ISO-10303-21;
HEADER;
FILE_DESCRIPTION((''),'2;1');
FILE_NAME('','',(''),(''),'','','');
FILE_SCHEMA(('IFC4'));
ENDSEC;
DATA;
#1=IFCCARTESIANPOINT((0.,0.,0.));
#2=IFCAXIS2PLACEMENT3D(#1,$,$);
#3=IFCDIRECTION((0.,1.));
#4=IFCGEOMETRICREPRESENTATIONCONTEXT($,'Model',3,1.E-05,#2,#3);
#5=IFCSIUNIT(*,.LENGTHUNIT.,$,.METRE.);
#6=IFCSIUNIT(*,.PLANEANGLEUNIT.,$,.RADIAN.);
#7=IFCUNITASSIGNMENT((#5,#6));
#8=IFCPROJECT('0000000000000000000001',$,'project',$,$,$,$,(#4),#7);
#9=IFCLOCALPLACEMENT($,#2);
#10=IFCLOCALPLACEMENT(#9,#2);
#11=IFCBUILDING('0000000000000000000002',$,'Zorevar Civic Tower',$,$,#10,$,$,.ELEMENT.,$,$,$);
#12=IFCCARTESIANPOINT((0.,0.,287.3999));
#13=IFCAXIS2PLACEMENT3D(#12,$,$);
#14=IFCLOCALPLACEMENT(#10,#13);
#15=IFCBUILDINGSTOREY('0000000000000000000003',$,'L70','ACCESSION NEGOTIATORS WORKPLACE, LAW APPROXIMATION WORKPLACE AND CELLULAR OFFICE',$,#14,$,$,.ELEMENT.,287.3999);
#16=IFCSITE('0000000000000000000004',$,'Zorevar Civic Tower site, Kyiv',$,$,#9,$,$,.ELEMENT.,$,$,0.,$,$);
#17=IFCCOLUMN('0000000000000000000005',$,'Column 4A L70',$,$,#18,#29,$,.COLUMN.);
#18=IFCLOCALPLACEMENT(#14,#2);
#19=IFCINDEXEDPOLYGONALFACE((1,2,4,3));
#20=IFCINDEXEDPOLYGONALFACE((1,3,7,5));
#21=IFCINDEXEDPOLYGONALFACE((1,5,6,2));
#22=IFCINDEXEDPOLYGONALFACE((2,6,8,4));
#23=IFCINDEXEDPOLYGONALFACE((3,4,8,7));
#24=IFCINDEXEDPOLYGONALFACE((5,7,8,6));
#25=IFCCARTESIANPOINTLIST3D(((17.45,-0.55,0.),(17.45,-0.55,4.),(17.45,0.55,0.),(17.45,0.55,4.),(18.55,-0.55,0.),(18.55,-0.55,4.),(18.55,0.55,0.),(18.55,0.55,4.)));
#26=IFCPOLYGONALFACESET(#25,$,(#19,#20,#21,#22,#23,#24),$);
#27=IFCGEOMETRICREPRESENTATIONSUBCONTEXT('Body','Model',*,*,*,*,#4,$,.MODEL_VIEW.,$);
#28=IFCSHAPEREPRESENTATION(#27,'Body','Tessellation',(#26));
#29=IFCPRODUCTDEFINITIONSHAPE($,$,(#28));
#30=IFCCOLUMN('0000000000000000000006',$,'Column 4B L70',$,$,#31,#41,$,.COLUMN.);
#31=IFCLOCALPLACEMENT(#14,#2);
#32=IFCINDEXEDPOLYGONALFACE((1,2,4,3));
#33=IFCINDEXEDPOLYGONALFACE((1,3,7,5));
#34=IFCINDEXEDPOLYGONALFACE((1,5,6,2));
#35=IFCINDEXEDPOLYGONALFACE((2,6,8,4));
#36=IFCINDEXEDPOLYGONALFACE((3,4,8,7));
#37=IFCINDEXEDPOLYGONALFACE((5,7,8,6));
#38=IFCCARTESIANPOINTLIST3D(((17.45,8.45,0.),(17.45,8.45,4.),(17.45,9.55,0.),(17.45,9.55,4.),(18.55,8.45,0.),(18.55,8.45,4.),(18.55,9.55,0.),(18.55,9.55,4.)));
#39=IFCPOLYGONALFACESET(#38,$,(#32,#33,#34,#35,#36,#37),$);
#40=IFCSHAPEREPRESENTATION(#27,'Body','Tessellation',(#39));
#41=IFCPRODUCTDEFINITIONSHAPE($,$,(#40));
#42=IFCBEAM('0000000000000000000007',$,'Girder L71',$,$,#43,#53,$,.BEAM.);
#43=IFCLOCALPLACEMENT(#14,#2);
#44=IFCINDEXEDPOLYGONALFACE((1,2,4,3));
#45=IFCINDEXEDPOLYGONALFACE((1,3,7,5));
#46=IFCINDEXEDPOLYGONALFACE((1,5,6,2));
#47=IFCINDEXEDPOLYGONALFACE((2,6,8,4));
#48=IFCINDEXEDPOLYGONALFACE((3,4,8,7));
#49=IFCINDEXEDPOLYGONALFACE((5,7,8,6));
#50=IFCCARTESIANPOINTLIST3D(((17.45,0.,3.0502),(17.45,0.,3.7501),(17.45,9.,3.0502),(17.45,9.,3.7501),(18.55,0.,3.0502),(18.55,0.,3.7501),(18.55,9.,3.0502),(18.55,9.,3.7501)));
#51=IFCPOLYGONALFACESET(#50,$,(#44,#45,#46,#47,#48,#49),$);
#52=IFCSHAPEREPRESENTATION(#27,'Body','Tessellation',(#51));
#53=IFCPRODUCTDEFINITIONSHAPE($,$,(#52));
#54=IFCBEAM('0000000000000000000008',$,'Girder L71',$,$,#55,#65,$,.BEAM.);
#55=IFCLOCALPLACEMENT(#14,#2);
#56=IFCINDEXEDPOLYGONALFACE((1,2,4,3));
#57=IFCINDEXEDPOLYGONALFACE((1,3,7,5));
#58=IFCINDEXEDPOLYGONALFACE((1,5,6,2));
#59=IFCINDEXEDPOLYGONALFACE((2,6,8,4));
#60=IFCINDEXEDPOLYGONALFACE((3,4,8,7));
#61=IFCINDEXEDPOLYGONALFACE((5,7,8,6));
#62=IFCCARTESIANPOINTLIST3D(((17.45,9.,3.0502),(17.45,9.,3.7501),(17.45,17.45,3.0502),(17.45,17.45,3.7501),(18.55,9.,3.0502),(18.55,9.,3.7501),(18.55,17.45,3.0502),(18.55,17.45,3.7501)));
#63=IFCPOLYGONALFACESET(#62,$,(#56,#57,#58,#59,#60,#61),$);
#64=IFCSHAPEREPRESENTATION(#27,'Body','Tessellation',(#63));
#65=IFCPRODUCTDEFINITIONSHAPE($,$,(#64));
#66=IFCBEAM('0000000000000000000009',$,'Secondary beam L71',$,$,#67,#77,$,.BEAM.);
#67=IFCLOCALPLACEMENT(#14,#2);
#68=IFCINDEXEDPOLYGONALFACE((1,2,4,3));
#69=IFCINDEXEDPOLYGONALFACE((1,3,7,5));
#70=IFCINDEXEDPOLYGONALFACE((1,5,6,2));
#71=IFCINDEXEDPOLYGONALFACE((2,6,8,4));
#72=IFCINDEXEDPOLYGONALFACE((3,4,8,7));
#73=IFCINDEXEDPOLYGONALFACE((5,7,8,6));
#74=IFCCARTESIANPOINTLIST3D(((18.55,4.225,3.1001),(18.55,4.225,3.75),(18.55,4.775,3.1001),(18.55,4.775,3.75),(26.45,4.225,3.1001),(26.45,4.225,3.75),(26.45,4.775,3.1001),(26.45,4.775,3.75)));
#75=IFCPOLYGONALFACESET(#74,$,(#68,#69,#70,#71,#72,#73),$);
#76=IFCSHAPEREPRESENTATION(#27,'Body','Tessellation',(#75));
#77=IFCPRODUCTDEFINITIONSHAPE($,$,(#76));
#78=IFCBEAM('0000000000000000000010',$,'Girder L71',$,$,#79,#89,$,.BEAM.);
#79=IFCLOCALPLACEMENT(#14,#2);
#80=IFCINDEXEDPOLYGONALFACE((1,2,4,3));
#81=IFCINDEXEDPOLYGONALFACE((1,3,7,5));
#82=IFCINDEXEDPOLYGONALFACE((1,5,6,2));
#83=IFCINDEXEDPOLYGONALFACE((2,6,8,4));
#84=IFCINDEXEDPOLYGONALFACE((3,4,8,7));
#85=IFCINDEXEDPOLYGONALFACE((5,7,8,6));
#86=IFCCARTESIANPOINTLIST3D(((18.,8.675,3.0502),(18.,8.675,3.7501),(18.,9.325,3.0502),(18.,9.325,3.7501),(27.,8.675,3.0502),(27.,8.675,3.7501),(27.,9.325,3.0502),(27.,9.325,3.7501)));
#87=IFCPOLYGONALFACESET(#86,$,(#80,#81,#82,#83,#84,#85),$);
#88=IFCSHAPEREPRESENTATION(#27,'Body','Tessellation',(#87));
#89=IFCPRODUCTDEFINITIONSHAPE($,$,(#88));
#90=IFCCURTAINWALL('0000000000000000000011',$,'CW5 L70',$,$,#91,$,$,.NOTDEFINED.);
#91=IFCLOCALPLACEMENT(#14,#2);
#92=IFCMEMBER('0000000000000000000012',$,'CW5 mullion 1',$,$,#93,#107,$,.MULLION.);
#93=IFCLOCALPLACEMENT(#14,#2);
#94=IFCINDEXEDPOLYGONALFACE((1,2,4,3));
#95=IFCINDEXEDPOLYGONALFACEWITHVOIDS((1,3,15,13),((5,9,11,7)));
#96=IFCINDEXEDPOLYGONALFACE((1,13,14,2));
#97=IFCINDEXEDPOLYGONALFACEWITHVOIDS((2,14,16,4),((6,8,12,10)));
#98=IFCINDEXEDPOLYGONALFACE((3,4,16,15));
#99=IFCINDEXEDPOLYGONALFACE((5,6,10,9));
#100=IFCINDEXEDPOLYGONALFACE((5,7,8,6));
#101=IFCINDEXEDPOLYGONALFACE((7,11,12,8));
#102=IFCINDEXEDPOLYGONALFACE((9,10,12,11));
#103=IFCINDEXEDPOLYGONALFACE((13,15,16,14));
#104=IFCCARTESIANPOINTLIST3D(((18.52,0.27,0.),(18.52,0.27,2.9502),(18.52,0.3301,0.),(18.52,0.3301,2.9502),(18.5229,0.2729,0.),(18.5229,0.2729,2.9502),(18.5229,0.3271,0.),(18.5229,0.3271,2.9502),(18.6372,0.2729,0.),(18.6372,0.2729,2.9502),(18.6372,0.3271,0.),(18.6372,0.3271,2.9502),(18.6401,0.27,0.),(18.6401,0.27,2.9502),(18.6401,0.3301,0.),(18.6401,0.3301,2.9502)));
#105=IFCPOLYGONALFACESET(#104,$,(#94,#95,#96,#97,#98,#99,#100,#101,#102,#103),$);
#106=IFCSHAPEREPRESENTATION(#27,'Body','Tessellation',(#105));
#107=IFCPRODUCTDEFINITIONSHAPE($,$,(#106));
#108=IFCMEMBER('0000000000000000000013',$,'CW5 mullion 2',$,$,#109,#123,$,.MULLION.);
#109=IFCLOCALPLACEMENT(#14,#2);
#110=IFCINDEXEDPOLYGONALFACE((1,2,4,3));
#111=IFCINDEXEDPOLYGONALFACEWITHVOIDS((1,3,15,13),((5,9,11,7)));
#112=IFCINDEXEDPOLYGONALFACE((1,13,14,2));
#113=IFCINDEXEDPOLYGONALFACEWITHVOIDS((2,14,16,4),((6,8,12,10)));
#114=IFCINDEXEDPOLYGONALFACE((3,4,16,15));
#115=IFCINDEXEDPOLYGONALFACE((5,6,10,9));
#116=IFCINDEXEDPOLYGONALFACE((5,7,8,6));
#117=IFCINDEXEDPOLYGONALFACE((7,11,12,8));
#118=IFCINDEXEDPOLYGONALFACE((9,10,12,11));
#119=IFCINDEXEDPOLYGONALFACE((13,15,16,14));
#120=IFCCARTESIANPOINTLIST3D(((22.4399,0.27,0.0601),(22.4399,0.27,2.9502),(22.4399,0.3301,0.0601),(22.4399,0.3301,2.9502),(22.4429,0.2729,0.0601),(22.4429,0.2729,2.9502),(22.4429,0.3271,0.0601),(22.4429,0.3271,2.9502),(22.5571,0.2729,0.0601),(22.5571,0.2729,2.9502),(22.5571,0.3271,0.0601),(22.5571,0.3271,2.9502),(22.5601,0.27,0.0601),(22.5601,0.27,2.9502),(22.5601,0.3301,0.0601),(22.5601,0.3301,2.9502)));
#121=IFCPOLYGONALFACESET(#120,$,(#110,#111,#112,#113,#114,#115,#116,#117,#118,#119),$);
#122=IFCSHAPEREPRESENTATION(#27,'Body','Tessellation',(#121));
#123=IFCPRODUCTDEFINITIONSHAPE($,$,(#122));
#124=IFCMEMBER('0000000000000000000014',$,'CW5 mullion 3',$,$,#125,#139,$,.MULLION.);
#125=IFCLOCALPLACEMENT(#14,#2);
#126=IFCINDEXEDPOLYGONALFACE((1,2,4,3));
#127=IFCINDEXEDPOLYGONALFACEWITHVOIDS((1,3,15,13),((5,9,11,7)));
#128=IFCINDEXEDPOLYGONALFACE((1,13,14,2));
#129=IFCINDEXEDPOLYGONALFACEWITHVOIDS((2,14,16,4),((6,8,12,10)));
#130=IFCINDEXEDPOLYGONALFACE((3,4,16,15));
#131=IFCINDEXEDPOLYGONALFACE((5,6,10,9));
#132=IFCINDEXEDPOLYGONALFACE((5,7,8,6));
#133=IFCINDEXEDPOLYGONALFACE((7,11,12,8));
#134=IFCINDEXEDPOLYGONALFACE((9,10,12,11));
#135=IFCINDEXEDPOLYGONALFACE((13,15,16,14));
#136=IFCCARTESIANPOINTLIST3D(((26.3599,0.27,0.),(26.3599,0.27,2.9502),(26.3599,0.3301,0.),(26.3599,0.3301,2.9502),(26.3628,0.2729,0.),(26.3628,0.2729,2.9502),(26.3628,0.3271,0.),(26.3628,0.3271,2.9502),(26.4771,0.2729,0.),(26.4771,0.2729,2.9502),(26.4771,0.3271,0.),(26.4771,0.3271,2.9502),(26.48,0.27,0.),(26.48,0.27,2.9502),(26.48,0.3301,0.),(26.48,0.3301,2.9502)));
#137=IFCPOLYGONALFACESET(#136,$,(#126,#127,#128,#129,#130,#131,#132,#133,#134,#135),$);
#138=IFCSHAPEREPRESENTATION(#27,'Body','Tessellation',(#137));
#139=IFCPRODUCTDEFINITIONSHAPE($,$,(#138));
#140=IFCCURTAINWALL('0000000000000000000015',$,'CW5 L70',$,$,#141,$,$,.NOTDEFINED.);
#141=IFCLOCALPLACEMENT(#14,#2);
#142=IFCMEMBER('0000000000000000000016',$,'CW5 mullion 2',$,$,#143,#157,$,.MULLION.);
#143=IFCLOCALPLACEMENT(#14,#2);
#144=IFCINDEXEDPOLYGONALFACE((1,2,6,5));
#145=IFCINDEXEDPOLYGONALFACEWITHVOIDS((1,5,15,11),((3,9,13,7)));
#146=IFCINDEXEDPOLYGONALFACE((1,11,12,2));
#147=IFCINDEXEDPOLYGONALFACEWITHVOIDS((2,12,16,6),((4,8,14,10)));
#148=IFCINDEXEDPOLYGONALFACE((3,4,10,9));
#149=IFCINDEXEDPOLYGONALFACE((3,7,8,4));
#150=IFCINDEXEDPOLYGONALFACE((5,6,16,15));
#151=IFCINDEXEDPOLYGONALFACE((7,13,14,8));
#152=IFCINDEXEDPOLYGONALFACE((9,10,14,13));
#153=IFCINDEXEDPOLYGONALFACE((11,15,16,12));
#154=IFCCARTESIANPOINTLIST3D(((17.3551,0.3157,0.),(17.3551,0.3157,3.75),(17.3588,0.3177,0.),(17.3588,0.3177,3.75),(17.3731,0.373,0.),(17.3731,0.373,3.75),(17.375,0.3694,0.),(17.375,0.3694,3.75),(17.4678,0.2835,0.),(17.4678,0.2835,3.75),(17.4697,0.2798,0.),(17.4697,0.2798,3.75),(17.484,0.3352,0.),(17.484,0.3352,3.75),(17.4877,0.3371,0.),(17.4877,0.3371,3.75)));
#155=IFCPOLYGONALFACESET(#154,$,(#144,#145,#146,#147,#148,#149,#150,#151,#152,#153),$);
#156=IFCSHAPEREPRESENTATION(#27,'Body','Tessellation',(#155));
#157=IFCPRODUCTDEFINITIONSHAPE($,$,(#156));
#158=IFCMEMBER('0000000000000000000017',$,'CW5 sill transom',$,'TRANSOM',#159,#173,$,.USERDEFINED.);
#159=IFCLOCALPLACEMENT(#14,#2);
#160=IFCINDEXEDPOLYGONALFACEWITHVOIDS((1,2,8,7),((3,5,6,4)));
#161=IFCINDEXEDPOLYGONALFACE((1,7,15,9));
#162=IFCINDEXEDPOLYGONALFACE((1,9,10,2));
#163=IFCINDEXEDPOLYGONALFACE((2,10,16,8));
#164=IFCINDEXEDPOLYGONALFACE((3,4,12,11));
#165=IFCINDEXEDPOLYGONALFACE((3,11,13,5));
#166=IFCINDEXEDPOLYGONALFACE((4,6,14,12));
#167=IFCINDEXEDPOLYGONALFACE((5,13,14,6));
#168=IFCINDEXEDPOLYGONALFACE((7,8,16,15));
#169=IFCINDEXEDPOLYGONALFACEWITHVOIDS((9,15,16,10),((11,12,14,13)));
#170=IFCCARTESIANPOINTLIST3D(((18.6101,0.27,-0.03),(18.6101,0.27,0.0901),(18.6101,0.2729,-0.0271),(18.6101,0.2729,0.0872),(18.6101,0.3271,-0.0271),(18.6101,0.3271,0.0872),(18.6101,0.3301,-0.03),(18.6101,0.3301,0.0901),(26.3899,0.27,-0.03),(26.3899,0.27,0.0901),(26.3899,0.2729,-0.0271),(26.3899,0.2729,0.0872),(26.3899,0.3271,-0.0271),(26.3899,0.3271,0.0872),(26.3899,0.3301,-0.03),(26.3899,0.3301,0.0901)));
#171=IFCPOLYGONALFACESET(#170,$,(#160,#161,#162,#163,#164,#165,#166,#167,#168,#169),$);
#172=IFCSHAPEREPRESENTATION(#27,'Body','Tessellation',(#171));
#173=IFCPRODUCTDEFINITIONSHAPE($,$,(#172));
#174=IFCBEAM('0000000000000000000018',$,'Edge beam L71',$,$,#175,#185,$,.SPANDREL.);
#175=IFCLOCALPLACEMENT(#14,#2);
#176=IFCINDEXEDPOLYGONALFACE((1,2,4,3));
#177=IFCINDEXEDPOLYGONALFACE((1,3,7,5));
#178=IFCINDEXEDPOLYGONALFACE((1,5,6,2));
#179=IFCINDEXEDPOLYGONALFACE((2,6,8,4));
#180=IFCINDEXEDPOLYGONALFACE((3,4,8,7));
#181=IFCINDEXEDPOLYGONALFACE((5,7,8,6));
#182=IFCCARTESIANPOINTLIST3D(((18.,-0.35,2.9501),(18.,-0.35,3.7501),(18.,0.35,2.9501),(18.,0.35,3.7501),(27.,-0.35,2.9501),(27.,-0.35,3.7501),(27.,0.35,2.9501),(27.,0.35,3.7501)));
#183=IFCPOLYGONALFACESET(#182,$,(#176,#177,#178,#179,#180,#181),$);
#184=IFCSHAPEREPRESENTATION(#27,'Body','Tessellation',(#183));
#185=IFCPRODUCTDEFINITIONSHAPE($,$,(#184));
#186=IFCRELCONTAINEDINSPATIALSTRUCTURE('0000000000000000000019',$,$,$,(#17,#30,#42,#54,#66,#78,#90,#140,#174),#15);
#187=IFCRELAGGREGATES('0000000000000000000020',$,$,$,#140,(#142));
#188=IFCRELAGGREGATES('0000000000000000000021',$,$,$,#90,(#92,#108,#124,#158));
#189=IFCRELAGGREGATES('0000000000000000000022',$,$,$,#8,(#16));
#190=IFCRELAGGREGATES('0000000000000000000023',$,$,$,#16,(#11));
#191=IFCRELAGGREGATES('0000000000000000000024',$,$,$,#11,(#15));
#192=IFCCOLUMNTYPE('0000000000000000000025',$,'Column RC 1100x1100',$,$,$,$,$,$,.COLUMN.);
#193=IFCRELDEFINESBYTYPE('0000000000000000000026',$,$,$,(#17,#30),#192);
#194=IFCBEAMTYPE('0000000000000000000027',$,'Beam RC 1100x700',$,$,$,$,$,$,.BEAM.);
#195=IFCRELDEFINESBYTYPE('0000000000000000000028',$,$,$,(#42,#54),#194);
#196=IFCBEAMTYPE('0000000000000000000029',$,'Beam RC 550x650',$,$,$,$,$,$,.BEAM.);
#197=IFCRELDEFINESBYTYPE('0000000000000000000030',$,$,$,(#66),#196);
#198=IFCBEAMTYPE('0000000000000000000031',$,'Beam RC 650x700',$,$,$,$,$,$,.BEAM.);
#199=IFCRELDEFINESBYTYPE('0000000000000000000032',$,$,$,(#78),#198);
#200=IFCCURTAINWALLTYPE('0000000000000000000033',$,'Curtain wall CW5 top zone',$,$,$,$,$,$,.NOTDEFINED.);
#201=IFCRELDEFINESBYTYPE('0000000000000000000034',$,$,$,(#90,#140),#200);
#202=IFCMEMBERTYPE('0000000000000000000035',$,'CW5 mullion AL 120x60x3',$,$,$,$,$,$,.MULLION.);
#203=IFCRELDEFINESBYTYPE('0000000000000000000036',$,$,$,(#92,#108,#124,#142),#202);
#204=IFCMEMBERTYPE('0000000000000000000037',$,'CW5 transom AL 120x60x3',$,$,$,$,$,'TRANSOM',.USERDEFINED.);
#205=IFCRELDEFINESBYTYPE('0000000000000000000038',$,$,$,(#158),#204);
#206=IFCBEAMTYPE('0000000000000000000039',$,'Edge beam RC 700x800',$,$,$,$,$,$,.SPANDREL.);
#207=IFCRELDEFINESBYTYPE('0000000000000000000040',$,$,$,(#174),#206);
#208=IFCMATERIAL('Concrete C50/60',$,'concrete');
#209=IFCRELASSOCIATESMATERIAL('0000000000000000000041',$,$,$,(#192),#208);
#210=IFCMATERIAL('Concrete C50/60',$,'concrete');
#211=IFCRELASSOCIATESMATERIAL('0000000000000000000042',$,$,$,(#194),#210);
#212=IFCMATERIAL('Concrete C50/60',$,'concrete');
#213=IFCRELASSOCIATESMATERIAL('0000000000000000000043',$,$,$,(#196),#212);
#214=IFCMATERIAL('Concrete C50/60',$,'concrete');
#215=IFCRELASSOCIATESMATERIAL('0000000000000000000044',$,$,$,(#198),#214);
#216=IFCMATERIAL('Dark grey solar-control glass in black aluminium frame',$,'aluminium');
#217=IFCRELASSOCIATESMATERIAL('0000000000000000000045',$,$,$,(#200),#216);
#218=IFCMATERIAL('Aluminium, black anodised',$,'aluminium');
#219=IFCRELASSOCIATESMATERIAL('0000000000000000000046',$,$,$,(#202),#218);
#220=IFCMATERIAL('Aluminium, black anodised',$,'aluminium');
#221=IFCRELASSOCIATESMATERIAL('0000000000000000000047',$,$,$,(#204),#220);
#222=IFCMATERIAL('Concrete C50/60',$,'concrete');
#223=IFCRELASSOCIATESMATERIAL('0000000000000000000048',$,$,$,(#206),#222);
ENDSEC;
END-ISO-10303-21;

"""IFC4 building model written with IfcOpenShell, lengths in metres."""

from ifc_helpers import new_model, si_unit, direction, frame, origin, origin_2d, place, context, subcontext, project, spatial, rectangle, hollow_rectangle, extrude, material, material_profile, profile_set, type_object, element, aggregate, save


model = new_model("IFC4")

# Units and contexts
model_context = context("Model", 3, precision=1e-05, world=origin(), true_north=direction((0.0, 1.0)))
body_context = subcontext(model_context, "Body", "Model", "MODEL_VIEW")
ifc_project = project(units=[si_unit("LENGTHUNIT", "METRE"), si_unit("PLANEANGLEUNIT", "RADIAN")], contexts=[model_context])

# Site, building, storey
site_placement = place(None, origin())
site = spatial("IfcSite", under=ifc_project, at=site_placement, Name="Zorevar Civic Tower site, Kyiv", CompositionType="ELEMENT", RefElevation=0.0)
building_placement = place(site_placement, origin())
building = spatial("IfcBuilding", under=site, at=building_placement, Name="Zorevar Civic Tower", CompositionType="ELEMENT")
storey_placement = place(building_placement, frame((0.0, 0.0, 287.3999)))
storey = spatial("IfcBuildingStorey", under=building, at=storey_placement, Name="L70", Description="ACCESSION NEGOTIATORS WORKPLACE, LAW APPROXIMATION WORKPLACE AND CELLULAR OFFICE", CompositionType="ELEMENT", Elevation=287.3999)

# Columns
ifc_material_1 = material(Name="Concrete C50/60", Category="concrete")
ifc_material_profile_1 = material_profile(ifc_material_1, rectangle(XDim=1.1001, YDim=1.1001, at=origin_2d()), Name="RC 1100x1100")
ifc_profile_set_1 = profile_set([ifc_material_profile_1], Name="Concrete C50/60")
column_type = type_object("IfcColumnType", Name="Column RC 1100x1100", PredefinedType="COLUMN", material=ifc_profile_set_1)
for number, where, z_axis, x_axis, name in (
    (1, (18.0, 0.0, 0.0), (0.0, 0.0, 1.0), (1.0, 0.0, 0.0), "Column 4A L70"),
    (2, (18.0, 9.0, 0.0), (0.0, 0.0, 1.0), (1.0, 0.0, 0.0), "Column 4B L70"),
):
    element("IfcColumn", number, at=place(storey_placement, frame(where, z_axis=z_axis, x_axis=x_axis)), inside=storey, type_object=column_type, Name=name, PredefinedType="COLUMN", context=body_context, shape_type="SweptSolid", body=[
        extrude(rectangle(XDim=1.1001, YDim=1.1001, at=origin_2d()), origin(), (0.0, 0.0, 1.0), 4.0),
    ])

# Beams
ifc_material_2 = material(Name="Concrete C50/60", Category="concrete")
ifc_material_profile_2 = material_profile(ifc_material_2, rectangle(XDim=1.1001, YDim=0.7, at=origin_2d()), Name="RC 1100x700")
ifc_profile_set_2 = profile_set([ifc_material_profile_2], Name="Concrete C50/60")
beam_type_1 = type_object("IfcBeamType", Name="Beam RC 1100x700", PredefinedType="BEAM", material=ifc_profile_set_2)
beam_1_placement = place(storey_placement, frame((18.0, 0.0, 3.4001), z_axis=(0.0, 1.0, 0.0), x_axis=(-1.0, 0.0, 0.0)))
element("IfcBeam", 3, at=beam_1_placement, inside=storey, type_object=beam_type_1, Name="Girder L71", PredefinedType="BEAM", context=body_context, shape_type="SweptSolid", body=[
    extrude(rectangle(XDim=1.1001, YDim=0.7, at=origin_2d()), origin(), (0.0, 0.0, 1.0), 9.0),
])
beam_2_placement = place(storey_placement, frame((18.0, 9.0, 3.4001), z_axis=(0.0, 1.0, 0.0), x_axis=(-1.0, 0.0, 0.0)))
element("IfcBeam", 4, at=beam_2_placement, inside=storey, type_object=beam_type_1, Name="Girder L71", PredefinedType="BEAM", context=body_context, shape_type="SweptSolid", body=[
    extrude(rectangle(XDim=1.1001, YDim=0.7, at=origin_2d()), origin(), (0.0, 0.0, 1.0), 8.45),
])
ifc_material_3 = material(Name="Concrete C50/60", Category="concrete")
ifc_material_profile_3 = material_profile(ifc_material_3, rectangle(XDim=0.55, YDim=0.6499, at=origin_2d()), Name="RC 550x650")
ifc_profile_set_3 = profile_set([ifc_material_profile_3], Name="Concrete C50/60")
beam_type_2 = type_object("IfcBeamType", Name="Beam RC 550x650", PredefinedType="BEAM", material=ifc_profile_set_3)
beam_3_placement = place(storey_placement, frame((18.55, 4.5, 3.425), z_axis=(1.0, 0.0, 0.0), x_axis=(0.0, 1.0, 0.0)))
element("IfcBeam", 5, at=beam_3_placement, inside=storey, type_object=beam_type_2, Name="Secondary beam L71", PredefinedType="BEAM", context=body_context, shape_type="SweptSolid", body=[
    extrude(rectangle(XDim=0.55, YDim=0.6499, at=origin_2d()), origin(), (0.0, 0.0, 1.0), 7.8999),
])
ifc_material_4 = material(Name="Concrete C50/60", Category="concrete")
ifc_material_profile_4 = material_profile(ifc_material_4, rectangle(XDim=0.6499, YDim=0.7, at=origin_2d()), Name="RC 650x700")
ifc_profile_set_4 = profile_set([ifc_material_profile_4], Name="Concrete C50/60")
beam_type_3 = type_object("IfcBeamType", Name="Beam RC 650x700", PredefinedType="BEAM", material=ifc_profile_set_4)
beam_4_placement = place(storey_placement, frame((18.0, 9.0, 3.4001), z_axis=(1.0, 0.0, 0.0), x_axis=(0.0, 1.0, 0.0)))
element("IfcBeam", 6, at=beam_4_placement, inside=storey, type_object=beam_type_3, Name="Girder L71", PredefinedType="BEAM", context=body_context, shape_type="SweptSolid", body=[
    extrude(rectangle(XDim=0.6499, YDim=0.7, at=origin_2d()), origin(), (0.0, 0.0, 1.0), 9.0),
])

# Curtain wall, members
ifc_material_5 = material(Name="Dark grey solar-control glass in black aluminium frame", Category="aluminium")
curtain_wall_type = type_object("IfcCurtainWallType", Name="Curtain wall CW5 top zone", PredefinedType="NOTDEFINED", material=ifc_material_5)
curtain_wall_1_placement = place(storey_placement, origin())
curtain_wall_1 = element("IfcCurtainWall", 7, at=curtain_wall_1_placement, inside=storey, type_object=curtain_wall_type, Name="CW5 L70", PredefinedType="NOTDEFINED")
ifc_material_6 = material(Name="Aluminium, black anodised", Category="aluminium")
ifc_material_profile_5 = material_profile(ifc_material_6, hollow_rectangle(XDim=0.0601, YDim=0.1201, WallThickness=0.0029, at=origin_2d()), Name="AL 120x60x3")
ifc_profile_set_5 = profile_set([ifc_material_profile_5], Name="Aluminium, black anodised")
member_type_1 = type_object("IfcMemberType", Name="CW5 mullion AL 120x60x3", PredefinedType="MULLION", material=ifc_profile_set_5)
member_1_placement = place(storey_placement, frame((18.5801, 0.3, 0.0), z_axis=(0.0, 0.0, 1.0), x_axis=(0.0, 1.0, 0.0)))
member_1 = element("IfcMember", 8, at=member_1_placement, type_object=member_type_1, Name="CW5 mullion 1", PredefinedType="MULLION", context=body_context, shape_type="SweptSolid", body=[
    extrude(hollow_rectangle(XDim=0.0601, YDim=0.1201, WallThickness=0.0029, at=origin_2d()), origin(), (0.0, 0.0, 1.0), 2.9502),
])
member_2_placement = place(storey_placement, frame((22.5, 0.3, 0.0601), z_axis=(0.0, 0.0, 1.0), x_axis=(0.0, 1.0, 0.0)))
member_2 = element("IfcMember", 9, at=member_2_placement, type_object=member_type_1, Name="CW5 mullion 2", PredefinedType="MULLION", context=body_context, shape_type="SweptSolid", body=[
    extrude(hollow_rectangle(XDim=0.0601, YDim=0.1201, WallThickness=0.0029, at=origin_2d()), origin(), (0.0, 0.0, 1.0), 2.8901),
])
member_3_placement = place(storey_placement, frame((26.4199, 0.3, 0.0), z_axis=(0.0, 0.0, 1.0), x_axis=(0.0, 1.0, 0.0)))
member_3 = element("IfcMember", 10, at=member_3_placement, type_object=member_type_1, Name="CW5 mullion 3", PredefinedType="MULLION", context=body_context, shape_type="SweptSolid", body=[
    extrude(hollow_rectangle(XDim=0.0601, YDim=0.1201, WallThickness=0.0029, at=origin_2d()), origin(), (0.0, 0.0, 1.0), 2.9502),
])

# Curtain wall, member
curtain_wall_2_placement = place(storey_placement, origin())
curtain_wall_2 = element("IfcCurtainWall", 11, at=curtain_wall_2_placement, inside=storey, type_object=curtain_wall_type, Name="CW5 L70", PredefinedType="NOTDEFINED")
member_4_placement = place(storey_placement, frame((17.4214, 0.3264, 0.0), z_axis=(0.0, 0.0, 1.0), x_axis=(0.299318, 0.954153, 0.0)))
member_4 = element("IfcMember", 12, at=member_4_placement, type_object=member_type_1, Name="CW5 mullion 2", PredefinedType="MULLION", context=body_context, shape_type="SweptSolid", body=[
    extrude(hollow_rectangle(XDim=0.0601, YDim=0.1201, WallThickness=0.0029, at=origin_2d()), origin(), (0.0, 0.0, 1.0), 3.75),
])
aggregate(curtain_wall_2, [member_4])

# Member
ifc_material_7 = material(Name="Aluminium, black anodised", Category="aluminium")
ifc_material_profile_6 = material_profile(ifc_material_7, hollow_rectangle(XDim=0.0601, YDim=0.1201, WallThickness=0.0029, at=origin_2d()), Name="AL 120x60x3")
ifc_profile_set_6 = profile_set([ifc_material_profile_6], Name="Aluminium, black anodised")
member_type_2 = type_object("IfcMemberType", Name="CW5 transom AL 120x60x3", ElementType="TRANSOM", PredefinedType="USERDEFINED", material=ifc_profile_set_6)
member_5_placement = place(storey_placement, frame((18.6101, 0.3, 0.03), z_axis=(1.0, 0.0, 0.0), x_axis=(0.0, 1.0, 0.0)))
member_5 = element("IfcMember", 13, at=member_5_placement, type_object=member_type_2, Name="CW5 sill transom", ObjectType="TRANSOM", PredefinedType="USERDEFINED", context=body_context, shape_type="SweptSolid", body=[
    extrude(hollow_rectangle(XDim=0.0601, YDim=0.1201, WallThickness=0.0029, at=origin_2d()), origin(), (0.0, 0.0, 1.0), 7.7798),
])

# Beam
ifc_material_8 = material(Name="Concrete C50/60", Category="concrete")
ifc_material_profile_7 = material_profile(ifc_material_8, rectangle(XDim=0.7, YDim=0.8, at=origin_2d()), Name="RC 700x800")
ifc_profile_set_7 = profile_set([ifc_material_profile_7], Name="Concrete C50/60")
beam_type_4 = type_object("IfcBeamType", Name="Edge beam RC 700x800", PredefinedType="SPANDREL", material=ifc_profile_set_7)
beam_5_placement = place(storey_placement, frame((18.0, 0.0, 3.3501), z_axis=(1.0, 0.0, 0.0), x_axis=(0.0, 1.0, 0.0)))
element("IfcBeam", 14, at=beam_5_placement, inside=storey, type_object=beam_type_4, Name="Edge beam L71", PredefinedType="SPANDREL", context=body_context, shape_type="SweptSolid", body=[
    extrude(rectangle(XDim=0.7, YDim=0.8, at=origin_2d()), origin(), (0.0, 0.0, 1.0), 9.0),
])

aggregate(curtain_wall_1, [member_1, member_2, member_3, member_5])

save(model, "model.ifc")
